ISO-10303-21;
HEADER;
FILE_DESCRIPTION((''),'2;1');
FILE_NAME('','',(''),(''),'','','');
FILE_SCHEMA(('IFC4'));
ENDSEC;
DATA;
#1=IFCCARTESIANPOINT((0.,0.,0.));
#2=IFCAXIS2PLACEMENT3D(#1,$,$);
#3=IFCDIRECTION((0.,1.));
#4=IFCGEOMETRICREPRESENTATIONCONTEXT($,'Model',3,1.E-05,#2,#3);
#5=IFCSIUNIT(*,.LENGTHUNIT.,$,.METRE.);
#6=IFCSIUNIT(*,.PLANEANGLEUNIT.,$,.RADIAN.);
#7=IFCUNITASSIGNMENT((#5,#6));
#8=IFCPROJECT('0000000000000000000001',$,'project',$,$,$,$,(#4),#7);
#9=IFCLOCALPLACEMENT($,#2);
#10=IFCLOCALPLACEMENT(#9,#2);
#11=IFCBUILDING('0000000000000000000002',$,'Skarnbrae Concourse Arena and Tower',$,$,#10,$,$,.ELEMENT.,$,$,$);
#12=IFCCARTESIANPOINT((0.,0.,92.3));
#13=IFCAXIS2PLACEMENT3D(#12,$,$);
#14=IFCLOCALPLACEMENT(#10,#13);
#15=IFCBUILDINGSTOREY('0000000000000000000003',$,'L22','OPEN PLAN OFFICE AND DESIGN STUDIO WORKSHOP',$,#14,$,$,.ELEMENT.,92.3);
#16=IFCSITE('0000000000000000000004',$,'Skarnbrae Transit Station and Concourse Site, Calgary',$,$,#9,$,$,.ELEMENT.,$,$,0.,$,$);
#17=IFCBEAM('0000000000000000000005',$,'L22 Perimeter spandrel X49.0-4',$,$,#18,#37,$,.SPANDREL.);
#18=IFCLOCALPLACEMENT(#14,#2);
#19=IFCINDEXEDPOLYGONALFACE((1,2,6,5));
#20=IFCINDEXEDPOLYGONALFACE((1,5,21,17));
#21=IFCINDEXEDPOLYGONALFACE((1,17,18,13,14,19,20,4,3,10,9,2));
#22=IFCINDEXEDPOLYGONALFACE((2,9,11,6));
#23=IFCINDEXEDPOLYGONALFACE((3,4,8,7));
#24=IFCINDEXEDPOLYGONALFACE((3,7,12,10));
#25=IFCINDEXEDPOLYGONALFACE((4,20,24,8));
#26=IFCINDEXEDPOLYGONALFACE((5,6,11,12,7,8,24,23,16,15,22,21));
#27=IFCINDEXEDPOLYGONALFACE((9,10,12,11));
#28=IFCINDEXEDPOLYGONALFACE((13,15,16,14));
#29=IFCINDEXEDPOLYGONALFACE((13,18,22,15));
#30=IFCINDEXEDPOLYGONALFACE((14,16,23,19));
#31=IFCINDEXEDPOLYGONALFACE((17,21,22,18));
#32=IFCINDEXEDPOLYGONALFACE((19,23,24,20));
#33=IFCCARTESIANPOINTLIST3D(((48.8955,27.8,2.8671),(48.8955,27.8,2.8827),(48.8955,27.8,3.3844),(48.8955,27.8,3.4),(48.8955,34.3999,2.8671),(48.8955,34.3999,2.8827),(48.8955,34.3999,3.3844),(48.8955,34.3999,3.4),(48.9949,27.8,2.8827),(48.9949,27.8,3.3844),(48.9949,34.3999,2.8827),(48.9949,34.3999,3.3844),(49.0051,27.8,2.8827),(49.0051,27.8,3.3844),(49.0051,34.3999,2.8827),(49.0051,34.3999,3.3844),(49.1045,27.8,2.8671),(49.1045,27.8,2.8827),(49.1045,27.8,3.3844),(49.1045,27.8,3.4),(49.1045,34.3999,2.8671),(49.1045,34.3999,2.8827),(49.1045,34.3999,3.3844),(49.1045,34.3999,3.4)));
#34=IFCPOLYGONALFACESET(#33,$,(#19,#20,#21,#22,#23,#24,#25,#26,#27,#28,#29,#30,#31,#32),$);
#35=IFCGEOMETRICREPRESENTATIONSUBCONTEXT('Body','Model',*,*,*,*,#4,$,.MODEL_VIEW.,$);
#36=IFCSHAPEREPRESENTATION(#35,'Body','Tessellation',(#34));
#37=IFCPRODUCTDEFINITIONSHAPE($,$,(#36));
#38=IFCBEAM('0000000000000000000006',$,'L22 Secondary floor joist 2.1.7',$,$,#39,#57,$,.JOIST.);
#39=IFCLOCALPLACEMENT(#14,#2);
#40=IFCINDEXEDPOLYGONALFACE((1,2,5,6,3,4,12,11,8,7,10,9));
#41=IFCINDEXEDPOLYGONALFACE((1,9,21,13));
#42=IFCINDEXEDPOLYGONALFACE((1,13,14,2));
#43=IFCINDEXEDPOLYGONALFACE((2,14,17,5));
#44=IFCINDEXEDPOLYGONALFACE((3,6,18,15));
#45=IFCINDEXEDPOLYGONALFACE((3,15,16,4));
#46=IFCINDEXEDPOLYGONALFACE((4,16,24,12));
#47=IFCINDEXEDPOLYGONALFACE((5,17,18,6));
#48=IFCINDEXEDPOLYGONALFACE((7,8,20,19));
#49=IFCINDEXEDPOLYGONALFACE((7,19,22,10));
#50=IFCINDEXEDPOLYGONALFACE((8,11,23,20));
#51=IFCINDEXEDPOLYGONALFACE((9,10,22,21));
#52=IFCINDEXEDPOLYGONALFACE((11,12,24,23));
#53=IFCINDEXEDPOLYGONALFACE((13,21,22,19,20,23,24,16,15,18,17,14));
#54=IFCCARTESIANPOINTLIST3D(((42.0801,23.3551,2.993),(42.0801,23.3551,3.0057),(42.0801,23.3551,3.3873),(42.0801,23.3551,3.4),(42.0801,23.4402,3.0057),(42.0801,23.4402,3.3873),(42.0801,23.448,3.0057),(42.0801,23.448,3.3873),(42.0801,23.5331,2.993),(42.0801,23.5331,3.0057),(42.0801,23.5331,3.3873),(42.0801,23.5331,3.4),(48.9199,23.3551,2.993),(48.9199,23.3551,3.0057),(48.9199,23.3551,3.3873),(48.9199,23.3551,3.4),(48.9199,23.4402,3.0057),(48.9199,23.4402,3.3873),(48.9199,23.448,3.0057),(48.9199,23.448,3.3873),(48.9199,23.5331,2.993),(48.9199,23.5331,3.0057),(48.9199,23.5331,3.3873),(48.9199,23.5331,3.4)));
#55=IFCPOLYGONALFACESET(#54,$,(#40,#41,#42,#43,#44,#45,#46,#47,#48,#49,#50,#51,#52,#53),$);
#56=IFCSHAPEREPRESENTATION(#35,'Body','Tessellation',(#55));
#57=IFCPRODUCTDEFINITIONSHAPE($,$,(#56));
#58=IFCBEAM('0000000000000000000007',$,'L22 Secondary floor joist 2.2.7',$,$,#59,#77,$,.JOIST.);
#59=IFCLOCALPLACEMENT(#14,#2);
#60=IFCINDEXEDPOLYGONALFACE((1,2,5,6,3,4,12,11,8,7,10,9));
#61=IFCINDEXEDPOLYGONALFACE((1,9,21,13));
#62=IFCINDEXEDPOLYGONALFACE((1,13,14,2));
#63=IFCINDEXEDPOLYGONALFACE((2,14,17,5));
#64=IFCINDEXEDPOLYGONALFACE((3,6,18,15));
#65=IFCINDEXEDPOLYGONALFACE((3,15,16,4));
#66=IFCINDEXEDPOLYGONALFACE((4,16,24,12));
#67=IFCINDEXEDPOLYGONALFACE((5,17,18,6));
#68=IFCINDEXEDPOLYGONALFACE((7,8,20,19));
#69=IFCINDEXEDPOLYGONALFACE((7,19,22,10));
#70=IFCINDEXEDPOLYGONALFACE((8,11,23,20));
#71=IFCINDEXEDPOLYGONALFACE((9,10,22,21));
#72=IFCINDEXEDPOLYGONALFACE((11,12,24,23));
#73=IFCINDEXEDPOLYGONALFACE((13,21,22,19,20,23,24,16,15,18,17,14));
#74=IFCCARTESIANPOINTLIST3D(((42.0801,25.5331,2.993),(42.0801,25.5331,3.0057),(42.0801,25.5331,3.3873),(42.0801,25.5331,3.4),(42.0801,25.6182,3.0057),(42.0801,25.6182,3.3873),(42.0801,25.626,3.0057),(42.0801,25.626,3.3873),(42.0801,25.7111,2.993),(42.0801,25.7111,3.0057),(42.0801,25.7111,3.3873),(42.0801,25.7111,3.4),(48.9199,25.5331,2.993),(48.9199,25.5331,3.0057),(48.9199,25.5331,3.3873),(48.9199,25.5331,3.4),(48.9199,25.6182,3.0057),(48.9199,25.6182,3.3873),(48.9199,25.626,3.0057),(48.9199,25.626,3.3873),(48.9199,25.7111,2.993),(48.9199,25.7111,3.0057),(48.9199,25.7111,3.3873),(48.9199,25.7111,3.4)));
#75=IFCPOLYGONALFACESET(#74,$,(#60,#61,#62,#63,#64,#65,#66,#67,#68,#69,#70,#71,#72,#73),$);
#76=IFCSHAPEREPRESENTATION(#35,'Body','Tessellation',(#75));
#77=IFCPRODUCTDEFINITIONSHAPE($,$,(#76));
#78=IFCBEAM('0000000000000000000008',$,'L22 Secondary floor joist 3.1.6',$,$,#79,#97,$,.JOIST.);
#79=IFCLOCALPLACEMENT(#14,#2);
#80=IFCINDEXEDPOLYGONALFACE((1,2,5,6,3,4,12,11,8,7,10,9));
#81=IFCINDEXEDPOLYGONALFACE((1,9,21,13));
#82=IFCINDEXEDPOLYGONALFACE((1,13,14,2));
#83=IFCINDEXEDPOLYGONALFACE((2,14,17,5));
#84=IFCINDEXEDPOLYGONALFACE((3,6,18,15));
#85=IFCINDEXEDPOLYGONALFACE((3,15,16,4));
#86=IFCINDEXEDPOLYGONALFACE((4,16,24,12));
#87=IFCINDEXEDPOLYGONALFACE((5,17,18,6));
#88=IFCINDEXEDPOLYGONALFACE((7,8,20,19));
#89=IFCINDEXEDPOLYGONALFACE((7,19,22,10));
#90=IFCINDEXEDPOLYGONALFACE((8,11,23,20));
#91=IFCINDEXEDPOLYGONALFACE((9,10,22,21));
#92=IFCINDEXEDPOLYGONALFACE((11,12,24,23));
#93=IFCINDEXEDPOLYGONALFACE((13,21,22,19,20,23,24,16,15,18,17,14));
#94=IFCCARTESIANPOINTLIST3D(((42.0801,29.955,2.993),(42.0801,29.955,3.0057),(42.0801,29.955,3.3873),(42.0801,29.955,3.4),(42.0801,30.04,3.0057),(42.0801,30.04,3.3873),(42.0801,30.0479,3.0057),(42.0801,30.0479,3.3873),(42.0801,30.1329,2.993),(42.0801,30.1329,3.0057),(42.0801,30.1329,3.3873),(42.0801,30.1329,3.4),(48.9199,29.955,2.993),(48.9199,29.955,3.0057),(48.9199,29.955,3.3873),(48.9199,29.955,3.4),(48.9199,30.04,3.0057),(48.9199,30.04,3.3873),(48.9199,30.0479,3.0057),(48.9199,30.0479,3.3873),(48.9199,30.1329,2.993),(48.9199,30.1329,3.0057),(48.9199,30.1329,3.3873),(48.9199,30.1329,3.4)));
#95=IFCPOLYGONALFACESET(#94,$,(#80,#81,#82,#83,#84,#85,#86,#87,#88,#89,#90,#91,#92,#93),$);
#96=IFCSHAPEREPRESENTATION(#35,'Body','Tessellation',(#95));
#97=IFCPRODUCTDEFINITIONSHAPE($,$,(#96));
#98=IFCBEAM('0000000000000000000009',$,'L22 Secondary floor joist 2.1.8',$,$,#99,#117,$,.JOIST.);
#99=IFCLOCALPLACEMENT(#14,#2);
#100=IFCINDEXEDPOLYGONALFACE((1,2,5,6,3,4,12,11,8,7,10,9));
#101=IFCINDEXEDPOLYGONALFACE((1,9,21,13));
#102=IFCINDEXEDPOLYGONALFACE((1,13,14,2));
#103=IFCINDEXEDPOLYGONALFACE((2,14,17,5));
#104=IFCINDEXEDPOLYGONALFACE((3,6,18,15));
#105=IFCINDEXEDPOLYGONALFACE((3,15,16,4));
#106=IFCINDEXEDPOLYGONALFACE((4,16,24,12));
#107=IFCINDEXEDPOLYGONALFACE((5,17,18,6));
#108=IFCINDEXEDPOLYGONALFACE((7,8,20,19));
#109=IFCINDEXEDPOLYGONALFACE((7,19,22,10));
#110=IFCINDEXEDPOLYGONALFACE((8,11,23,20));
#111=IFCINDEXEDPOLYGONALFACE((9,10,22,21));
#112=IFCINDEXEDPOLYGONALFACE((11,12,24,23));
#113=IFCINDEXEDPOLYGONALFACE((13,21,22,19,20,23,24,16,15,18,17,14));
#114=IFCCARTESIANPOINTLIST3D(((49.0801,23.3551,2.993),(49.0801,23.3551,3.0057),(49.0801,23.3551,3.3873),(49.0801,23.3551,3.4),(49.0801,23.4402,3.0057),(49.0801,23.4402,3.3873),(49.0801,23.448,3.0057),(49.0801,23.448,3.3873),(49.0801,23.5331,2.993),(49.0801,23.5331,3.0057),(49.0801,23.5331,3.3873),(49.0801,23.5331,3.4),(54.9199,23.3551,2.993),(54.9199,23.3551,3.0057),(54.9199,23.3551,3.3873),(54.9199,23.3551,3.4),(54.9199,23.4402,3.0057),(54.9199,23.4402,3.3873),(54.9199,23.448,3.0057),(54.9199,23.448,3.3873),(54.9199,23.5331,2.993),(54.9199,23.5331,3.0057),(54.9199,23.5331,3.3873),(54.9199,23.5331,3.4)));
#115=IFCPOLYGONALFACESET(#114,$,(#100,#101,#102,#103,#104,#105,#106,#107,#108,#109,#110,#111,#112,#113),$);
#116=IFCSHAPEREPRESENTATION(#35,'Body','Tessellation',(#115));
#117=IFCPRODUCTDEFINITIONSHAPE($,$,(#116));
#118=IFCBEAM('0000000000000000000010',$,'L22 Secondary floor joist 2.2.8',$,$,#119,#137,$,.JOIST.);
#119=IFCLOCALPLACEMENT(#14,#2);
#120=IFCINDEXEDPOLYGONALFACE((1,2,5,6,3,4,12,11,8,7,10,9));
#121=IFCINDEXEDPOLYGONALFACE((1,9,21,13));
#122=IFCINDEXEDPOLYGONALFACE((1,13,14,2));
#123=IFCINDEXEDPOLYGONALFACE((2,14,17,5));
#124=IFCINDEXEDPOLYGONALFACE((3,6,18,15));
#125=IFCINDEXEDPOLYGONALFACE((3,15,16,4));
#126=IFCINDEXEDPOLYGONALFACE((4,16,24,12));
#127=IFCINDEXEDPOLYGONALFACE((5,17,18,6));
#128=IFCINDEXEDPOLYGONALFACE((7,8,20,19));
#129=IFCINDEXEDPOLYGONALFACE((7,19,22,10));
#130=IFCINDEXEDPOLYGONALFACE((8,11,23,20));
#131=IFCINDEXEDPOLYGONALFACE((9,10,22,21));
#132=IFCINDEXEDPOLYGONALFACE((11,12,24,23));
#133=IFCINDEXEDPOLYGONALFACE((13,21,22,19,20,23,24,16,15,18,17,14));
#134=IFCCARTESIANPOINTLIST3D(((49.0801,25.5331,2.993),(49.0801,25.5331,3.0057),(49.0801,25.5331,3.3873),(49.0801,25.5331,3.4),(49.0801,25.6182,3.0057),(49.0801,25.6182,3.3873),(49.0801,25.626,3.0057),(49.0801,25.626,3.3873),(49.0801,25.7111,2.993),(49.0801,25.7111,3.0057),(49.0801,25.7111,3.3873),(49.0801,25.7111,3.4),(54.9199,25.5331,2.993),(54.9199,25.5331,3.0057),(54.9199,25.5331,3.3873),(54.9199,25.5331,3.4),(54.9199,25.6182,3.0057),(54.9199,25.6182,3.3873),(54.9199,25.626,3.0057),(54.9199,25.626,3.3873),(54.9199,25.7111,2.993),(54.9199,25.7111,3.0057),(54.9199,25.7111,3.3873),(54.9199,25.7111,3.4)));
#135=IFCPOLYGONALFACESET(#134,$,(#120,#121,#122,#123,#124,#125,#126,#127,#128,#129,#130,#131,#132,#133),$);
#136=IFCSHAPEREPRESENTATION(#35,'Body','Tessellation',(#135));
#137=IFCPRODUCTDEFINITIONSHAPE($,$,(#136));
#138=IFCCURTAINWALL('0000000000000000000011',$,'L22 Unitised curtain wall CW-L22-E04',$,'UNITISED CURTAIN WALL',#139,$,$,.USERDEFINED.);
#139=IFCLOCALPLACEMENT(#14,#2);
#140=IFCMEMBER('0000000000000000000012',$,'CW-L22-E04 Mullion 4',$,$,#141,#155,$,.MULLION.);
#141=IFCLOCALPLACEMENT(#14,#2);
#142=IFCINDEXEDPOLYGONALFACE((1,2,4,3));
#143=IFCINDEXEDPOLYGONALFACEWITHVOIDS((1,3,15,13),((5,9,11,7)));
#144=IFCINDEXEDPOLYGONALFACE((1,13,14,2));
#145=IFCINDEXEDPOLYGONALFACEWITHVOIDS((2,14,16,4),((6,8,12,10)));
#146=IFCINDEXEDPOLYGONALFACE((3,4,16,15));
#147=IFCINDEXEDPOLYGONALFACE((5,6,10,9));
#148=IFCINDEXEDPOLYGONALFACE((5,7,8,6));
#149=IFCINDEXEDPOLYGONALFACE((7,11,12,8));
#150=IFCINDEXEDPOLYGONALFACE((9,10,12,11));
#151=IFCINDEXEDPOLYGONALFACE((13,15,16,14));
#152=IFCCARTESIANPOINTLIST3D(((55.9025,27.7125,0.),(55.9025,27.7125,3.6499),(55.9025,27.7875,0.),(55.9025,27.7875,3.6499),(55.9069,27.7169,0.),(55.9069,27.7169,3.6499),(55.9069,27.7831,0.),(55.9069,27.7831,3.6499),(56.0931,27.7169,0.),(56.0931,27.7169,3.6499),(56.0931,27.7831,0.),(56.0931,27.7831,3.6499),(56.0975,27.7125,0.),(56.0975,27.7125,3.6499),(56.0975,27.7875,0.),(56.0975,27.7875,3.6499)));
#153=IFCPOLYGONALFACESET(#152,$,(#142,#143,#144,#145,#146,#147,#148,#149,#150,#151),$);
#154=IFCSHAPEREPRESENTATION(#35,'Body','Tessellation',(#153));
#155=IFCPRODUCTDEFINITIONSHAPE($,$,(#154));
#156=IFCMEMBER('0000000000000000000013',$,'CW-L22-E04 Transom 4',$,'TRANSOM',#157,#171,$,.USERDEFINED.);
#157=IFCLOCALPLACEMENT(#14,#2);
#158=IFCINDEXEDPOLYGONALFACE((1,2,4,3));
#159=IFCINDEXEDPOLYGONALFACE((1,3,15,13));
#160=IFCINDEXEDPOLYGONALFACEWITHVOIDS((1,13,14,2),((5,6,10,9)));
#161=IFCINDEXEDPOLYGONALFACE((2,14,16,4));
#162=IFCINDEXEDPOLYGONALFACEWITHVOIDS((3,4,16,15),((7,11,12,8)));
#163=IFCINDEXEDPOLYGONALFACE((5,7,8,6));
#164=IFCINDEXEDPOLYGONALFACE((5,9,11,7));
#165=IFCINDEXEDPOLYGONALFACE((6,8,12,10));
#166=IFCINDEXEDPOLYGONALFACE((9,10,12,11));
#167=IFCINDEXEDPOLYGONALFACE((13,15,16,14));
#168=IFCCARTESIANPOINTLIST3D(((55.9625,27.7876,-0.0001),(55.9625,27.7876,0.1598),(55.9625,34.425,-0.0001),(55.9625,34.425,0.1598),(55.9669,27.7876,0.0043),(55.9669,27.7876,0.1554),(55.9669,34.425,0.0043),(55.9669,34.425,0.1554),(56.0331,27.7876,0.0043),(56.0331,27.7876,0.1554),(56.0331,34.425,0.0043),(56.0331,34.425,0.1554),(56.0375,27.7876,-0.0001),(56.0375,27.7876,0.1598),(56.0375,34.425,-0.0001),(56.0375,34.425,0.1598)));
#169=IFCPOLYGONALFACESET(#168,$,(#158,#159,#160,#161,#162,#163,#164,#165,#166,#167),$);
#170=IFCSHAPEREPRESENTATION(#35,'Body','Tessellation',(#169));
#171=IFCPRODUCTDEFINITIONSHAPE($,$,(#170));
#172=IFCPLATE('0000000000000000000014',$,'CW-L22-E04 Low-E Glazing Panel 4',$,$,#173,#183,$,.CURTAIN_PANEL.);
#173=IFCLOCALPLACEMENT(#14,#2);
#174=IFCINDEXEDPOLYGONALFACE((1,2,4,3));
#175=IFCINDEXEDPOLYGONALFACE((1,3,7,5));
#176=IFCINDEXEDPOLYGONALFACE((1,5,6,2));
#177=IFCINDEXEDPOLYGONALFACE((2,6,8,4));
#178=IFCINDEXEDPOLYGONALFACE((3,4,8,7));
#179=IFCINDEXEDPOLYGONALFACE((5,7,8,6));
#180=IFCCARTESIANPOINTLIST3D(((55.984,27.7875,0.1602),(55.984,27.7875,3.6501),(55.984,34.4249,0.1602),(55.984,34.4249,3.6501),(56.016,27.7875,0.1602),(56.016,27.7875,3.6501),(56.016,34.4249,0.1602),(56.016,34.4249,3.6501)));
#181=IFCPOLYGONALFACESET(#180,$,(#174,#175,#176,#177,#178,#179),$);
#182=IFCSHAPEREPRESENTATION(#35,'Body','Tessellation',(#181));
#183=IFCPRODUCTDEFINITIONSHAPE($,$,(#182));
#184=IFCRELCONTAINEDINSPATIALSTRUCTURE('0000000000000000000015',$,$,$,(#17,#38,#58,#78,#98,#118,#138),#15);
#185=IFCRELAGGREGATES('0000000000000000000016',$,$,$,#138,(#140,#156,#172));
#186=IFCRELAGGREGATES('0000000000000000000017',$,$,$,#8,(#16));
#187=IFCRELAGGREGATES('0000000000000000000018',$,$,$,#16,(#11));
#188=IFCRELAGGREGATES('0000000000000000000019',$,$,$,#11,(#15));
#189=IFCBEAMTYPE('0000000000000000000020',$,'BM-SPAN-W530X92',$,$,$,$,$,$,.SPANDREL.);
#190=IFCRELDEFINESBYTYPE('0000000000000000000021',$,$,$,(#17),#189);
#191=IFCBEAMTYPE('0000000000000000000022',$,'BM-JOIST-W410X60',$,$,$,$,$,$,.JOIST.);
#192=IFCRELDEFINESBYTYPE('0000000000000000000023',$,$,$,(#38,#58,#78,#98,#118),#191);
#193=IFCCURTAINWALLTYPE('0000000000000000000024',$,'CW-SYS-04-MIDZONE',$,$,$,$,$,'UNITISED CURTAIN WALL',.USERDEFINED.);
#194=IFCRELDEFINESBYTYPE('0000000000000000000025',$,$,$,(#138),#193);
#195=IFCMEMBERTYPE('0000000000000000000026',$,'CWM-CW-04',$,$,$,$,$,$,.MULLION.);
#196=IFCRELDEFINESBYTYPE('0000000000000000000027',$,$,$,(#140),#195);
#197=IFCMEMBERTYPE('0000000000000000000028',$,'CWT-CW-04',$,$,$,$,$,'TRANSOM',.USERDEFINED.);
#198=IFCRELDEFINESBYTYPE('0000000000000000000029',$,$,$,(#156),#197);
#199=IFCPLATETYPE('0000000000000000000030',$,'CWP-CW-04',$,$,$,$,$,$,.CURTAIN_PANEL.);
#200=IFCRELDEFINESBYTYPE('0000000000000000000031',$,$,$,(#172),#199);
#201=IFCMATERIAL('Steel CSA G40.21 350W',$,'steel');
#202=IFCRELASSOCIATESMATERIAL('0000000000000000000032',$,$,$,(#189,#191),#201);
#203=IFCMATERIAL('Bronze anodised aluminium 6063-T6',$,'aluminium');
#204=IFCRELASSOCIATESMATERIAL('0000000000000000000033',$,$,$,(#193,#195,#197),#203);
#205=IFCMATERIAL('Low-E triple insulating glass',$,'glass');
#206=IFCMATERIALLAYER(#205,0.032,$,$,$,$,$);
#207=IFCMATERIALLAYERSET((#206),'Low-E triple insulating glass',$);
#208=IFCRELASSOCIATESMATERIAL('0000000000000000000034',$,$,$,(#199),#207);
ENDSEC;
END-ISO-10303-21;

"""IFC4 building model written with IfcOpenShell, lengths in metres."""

from ifc_helpers import new_model, si_unit, direction, frame, origin, origin_2d, place, context, subcontext, project, spatial, rectangle, hollow_rectangle, i_section, extrude, source, transform, mapped, material, layer, layer_set, material_profile, profile_set, type_object, element, aggregate, save


model = new_model("IFC4")

# Units and contexts
model_context = context("Model", 3, precision=1e-05, world=origin(), true_north=direction((0.0, 1.0)))
body_context = subcontext(model_context, "Body", "Model", "MODEL_VIEW")
ifc_project = project(units=[si_unit("LENGTHUNIT", "METRE"), si_unit("PLANEANGLEUNIT", "RADIAN")], contexts=[model_context])

# Site, building, storey
site_placement = place(None, origin())
site = spatial("IfcSite", under=ifc_project, at=site_placement, Name="Skarnbrae Transit Station and Concourse Site, Calgary", CompositionType="ELEMENT", RefElevation=0.0)
building_placement = place(site_placement, origin())
building = spatial("IfcBuilding", under=site, at=building_placement, Name="Skarnbrae Concourse Arena and Tower", CompositionType="ELEMENT")
storey_placement = place(building_placement, frame((0.0, 0.0, 92.3)))
storey = spatial("IfcBuildingStorey", under=building, at=storey_placement, Name="L22", Description="OPEN PLAN OFFICE AND DESIGN STUDIO WORKSHOP", CompositionType="ELEMENT", Elevation=92.3)

# Shared definitions
ifc_material_1 = material(Name="Steel CSA G40.21 350W", Category="steel")

# Beams
ifc_material_profile_1 = material_profile(ifc_material_1, i_section(OverallWidth=0.209, OverallDepth=0.533, WebThickness=0.0103, FlangeThickness=0.0156, at=origin_2d()), Name="W530X92")
ifc_profile_set_1 = profile_set([ifc_material_profile_1], Name="Steel CSA G40.21 350W")
beam_type_1 = type_object("IfcBeamType", Name="BM-SPAN-W530X92", PredefinedType="SPANDREL", material=ifc_profile_set_1)
shared_shape_1 = source(origin(), body_context, "Body", "SweptSolid", [
    extrude(i_section(OverallWidth=0.209, OverallDepth=0.533, WebThickness=0.0103, FlangeThickness=0.0156, at=origin_2d()), origin(), (0.0, 0.0, 1.0), 6.5999),
])
beam_1_placement = place(storey_placement, frame((49.0, 27.8, 3.1335), z_axis=(0.0, 1.0, 0.0), x_axis=(-1.0, 0.0, 0.0)))
element("IfcBeam", 1, at=beam_1_placement, inside=storey, type_object=beam_type_1, Name="L22 Perimeter spandrel X49.0-4", PredefinedType="SPANDREL", context=body_context, shape_type="MappedRepresentation", body=[
    mapped(shared_shape_1, transform((0.0, 0.0, 0.0))),
])
ifc_material_profile_2 = material_profile(ifc_material_1, i_section(OverallWidth=0.178, OverallDepth=0.407, WebThickness=0.0078, FlangeThickness=0.0127, at=origin_2d()), Name="W410X60")
ifc_profile_set_2 = profile_set([ifc_material_profile_2], Name="Steel CSA G40.21 350W")
beam_type_2 = type_object("IfcBeamType", Name="BM-JOIST-W410X60", PredefinedType="JOIST", material=ifc_profile_set_2)
shared_shape_2 = source(origin(), body_context, "Body", "SweptSolid", [
    extrude(i_section(OverallWidth=0.178, OverallDepth=0.407, WebThickness=0.0078, FlangeThickness=0.0127, at=origin_2d()), origin(), (0.0, 0.0, 1.0), 6.8398),
])
for number, where, z_axis, x_axis, name in (
    (2, (42.0801, 23.4441, 3.1965), (1.0, 0.0, 0.0), (0.0, 1.0, 0.0), "L22 Secondary floor joist 2.1.7"),
    (3, (42.0801, 25.6221, 3.1965), (1.0, 0.0, 0.0), (0.0, 1.0, 0.0), "L22 Secondary floor joist 2.2.7"),
    (4, (42.0801, 30.0439, 3.1965), (1.0, 0.0, 0.0), (0.0, 1.0, 0.0), "L22 Secondary floor joist 3.1.6"),
):
    element("IfcBeam", number, at=place(storey_placement, frame(where, z_axis=z_axis, x_axis=x_axis)), inside=storey, type_object=beam_type_2, Name=name, PredefinedType="JOIST", context=body_context, shape_type="MappedRepresentation", body=[
        mapped(shared_shape_2, transform((0.0, 0.0, 0.0))),
    ])
shared_shape_3 = source(origin(), body_context, "Body", "SweptSolid", [
    extrude(i_section(OverallWidth=0.178, OverallDepth=0.407, WebThickness=0.0078, FlangeThickness=0.0127, at=origin_2d()), origin(), (0.0, 0.0, 1.0), 5.8398),
])
for number, where, z_axis, x_axis, name in (
    (5, (49.0801, 23.4441, 3.1965), (1.0, 0.0, 0.0), (0.0, 1.0, 0.0), "L22 Secondary floor joist 2.1.8"),
    (6, (49.0801, 25.6221, 3.1965), (1.0, 0.0, 0.0), (0.0, 1.0, 0.0), "L22 Secondary floor joist 2.2.8"),
):
    element("IfcBeam", number, at=place(storey_placement, frame(where, z_axis=z_axis, x_axis=x_axis)), inside=storey, type_object=beam_type_2, Name=name, PredefinedType="JOIST", context=body_context, shape_type="MappedRepresentation", body=[
        mapped(shared_shape_3, transform((0.0, 0.0, 0.0))),
    ])

# Curtain wall, members, plate
ifc_material_2 = material(Name="Bronze anodised aluminium 6063-T6", Category="aluminium")
curtain_wall_type = type_object("IfcCurtainWallType", Name="CW-SYS-04-MIDZONE", ElementType="UNITISED CURTAIN WALL", PredefinedType="USERDEFINED", material=ifc_material_2)
curtain_wall_placement = place(storey_placement, origin())
curtain_wall = element("IfcCurtainWall", 7, at=curtain_wall_placement, inside=storey, type_object=curtain_wall_type, Name="L22 Unitised curtain wall CW-L22-E04", ObjectType="UNITISED CURTAIN WALL", PredefinedType="USERDEFINED")
ifc_material_profile_3 = material_profile(ifc_material_2, hollow_rectangle(XDim=0.075, YDim=0.1951, WallThickness=0.0044, at=origin_2d()), Name="ALU-MULL-75X195")
ifc_profile_set_3 = profile_set([ifc_material_profile_3], Name="Bronze anodised aluminium 6063-T6")
member_type_1 = type_object("IfcMemberType", Name="CWM-CW-04", PredefinedType="MULLION", material=ifc_profile_set_3)
shared_shape_4 = source(origin(), body_context, "Body", "SweptSolid", [
    extrude(hollow_rectangle(XDim=0.075, YDim=0.1951, WallThickness=0.0044, at=origin_2d()), origin(), (0.0, 0.0, 1.0), 3.6499),
])
member_1_placement = place(storey_placement, frame((56.0, 27.75, 0.0), z_axis=(0.0, 0.0, 1.0), x_axis=(0.0, 1.0, 0.0)))
member_1 = element("IfcMember", 8, at=member_1_placement, type_object=member_type_1, Name="CW-L22-E04 Mullion 4", PredefinedType="MULLION", context=body_context, shape_type="MappedRepresentation", body=[
    mapped(shared_shape_4, transform((0.0, 0.0, 0.0))),
])
ifc_material_profile_4 = material_profile(ifc_material_2, hollow_rectangle(XDim=0.075, YDim=0.1599, WallThickness=0.0044, at=origin_2d()), Name="ALU-TRAN-75X160")
ifc_profile_set_4 = profile_set([ifc_material_profile_4], Name="Bronze anodised aluminium 6063-T6")
member_type_2 = type_object("IfcMemberType", Name="CWT-CW-04", ElementType="TRANSOM", PredefinedType="USERDEFINED", material=ifc_profile_set_4)
shared_shape_5 = source(origin(), body_context, "Body", "SweptSolid", [
    extrude(hollow_rectangle(XDim=0.075, YDim=0.1599, WallThickness=0.0044, at=origin_2d()), origin(), (0.0, 0.0, 1.0), 6.6375),
])
member_2_placement = place(storey_placement, frame((56.0, 27.7876, 0.0798), z_axis=(0.0, 1.0, 0.0), x_axis=(-1.0, 0.0, 0.0)))
member_2 = element("IfcMember", 9, at=member_2_placement, type_object=member_type_2, Name="CW-L22-E04 Transom 4", ObjectType="TRANSOM", PredefinedType="USERDEFINED", context=body_context, shape_type="MappedRepresentation", body=[
    mapped(shared_shape_5, transform((0.0, 0.0, 0.0))),
])
ifc_material_3 = material(Name="Low-E triple insulating glass", Category="glass")
ifc_layer_1 = layer(ifc_material_3, 0.032)
ifc_layer_set_1 = layer_set([ifc_layer_1], Name="Low-E triple insulating glass")
plate_type = type_object("IfcPlateType", Name="CWP-CW-04", PredefinedType="CURTAIN_PANEL", material=ifc_layer_set_1)
shared_shape_6 = source(origin(), body_context, "Body", "SweptSolid", [
    extrude(rectangle(XDim=6.6375, YDim=0.032, at=origin_2d()), origin(), (0.0, 0.0, 1.0), 3.49),
])
plate_1_placement = place(storey_placement, frame((56.0, 31.1062, 0.1602), z_axis=(0.0, 0.0, 1.0), x_axis=(0.0, 1.0, 0.0)))
plate_1 = element("IfcPlate", 10, at=plate_1_placement, type_object=plate_type, Name="CW-L22-E04 Low-E Glazing Panel 4", PredefinedType="CURTAIN_PANEL", context=body_context, shape_type="MappedRepresentation", body=[
    mapped(shared_shape_6, transform((0.0, 0.0, 0.0))),
])
aggregate(curtain_wall, [member_1, member_2, plate_1])

save(model, "model.ifc")
